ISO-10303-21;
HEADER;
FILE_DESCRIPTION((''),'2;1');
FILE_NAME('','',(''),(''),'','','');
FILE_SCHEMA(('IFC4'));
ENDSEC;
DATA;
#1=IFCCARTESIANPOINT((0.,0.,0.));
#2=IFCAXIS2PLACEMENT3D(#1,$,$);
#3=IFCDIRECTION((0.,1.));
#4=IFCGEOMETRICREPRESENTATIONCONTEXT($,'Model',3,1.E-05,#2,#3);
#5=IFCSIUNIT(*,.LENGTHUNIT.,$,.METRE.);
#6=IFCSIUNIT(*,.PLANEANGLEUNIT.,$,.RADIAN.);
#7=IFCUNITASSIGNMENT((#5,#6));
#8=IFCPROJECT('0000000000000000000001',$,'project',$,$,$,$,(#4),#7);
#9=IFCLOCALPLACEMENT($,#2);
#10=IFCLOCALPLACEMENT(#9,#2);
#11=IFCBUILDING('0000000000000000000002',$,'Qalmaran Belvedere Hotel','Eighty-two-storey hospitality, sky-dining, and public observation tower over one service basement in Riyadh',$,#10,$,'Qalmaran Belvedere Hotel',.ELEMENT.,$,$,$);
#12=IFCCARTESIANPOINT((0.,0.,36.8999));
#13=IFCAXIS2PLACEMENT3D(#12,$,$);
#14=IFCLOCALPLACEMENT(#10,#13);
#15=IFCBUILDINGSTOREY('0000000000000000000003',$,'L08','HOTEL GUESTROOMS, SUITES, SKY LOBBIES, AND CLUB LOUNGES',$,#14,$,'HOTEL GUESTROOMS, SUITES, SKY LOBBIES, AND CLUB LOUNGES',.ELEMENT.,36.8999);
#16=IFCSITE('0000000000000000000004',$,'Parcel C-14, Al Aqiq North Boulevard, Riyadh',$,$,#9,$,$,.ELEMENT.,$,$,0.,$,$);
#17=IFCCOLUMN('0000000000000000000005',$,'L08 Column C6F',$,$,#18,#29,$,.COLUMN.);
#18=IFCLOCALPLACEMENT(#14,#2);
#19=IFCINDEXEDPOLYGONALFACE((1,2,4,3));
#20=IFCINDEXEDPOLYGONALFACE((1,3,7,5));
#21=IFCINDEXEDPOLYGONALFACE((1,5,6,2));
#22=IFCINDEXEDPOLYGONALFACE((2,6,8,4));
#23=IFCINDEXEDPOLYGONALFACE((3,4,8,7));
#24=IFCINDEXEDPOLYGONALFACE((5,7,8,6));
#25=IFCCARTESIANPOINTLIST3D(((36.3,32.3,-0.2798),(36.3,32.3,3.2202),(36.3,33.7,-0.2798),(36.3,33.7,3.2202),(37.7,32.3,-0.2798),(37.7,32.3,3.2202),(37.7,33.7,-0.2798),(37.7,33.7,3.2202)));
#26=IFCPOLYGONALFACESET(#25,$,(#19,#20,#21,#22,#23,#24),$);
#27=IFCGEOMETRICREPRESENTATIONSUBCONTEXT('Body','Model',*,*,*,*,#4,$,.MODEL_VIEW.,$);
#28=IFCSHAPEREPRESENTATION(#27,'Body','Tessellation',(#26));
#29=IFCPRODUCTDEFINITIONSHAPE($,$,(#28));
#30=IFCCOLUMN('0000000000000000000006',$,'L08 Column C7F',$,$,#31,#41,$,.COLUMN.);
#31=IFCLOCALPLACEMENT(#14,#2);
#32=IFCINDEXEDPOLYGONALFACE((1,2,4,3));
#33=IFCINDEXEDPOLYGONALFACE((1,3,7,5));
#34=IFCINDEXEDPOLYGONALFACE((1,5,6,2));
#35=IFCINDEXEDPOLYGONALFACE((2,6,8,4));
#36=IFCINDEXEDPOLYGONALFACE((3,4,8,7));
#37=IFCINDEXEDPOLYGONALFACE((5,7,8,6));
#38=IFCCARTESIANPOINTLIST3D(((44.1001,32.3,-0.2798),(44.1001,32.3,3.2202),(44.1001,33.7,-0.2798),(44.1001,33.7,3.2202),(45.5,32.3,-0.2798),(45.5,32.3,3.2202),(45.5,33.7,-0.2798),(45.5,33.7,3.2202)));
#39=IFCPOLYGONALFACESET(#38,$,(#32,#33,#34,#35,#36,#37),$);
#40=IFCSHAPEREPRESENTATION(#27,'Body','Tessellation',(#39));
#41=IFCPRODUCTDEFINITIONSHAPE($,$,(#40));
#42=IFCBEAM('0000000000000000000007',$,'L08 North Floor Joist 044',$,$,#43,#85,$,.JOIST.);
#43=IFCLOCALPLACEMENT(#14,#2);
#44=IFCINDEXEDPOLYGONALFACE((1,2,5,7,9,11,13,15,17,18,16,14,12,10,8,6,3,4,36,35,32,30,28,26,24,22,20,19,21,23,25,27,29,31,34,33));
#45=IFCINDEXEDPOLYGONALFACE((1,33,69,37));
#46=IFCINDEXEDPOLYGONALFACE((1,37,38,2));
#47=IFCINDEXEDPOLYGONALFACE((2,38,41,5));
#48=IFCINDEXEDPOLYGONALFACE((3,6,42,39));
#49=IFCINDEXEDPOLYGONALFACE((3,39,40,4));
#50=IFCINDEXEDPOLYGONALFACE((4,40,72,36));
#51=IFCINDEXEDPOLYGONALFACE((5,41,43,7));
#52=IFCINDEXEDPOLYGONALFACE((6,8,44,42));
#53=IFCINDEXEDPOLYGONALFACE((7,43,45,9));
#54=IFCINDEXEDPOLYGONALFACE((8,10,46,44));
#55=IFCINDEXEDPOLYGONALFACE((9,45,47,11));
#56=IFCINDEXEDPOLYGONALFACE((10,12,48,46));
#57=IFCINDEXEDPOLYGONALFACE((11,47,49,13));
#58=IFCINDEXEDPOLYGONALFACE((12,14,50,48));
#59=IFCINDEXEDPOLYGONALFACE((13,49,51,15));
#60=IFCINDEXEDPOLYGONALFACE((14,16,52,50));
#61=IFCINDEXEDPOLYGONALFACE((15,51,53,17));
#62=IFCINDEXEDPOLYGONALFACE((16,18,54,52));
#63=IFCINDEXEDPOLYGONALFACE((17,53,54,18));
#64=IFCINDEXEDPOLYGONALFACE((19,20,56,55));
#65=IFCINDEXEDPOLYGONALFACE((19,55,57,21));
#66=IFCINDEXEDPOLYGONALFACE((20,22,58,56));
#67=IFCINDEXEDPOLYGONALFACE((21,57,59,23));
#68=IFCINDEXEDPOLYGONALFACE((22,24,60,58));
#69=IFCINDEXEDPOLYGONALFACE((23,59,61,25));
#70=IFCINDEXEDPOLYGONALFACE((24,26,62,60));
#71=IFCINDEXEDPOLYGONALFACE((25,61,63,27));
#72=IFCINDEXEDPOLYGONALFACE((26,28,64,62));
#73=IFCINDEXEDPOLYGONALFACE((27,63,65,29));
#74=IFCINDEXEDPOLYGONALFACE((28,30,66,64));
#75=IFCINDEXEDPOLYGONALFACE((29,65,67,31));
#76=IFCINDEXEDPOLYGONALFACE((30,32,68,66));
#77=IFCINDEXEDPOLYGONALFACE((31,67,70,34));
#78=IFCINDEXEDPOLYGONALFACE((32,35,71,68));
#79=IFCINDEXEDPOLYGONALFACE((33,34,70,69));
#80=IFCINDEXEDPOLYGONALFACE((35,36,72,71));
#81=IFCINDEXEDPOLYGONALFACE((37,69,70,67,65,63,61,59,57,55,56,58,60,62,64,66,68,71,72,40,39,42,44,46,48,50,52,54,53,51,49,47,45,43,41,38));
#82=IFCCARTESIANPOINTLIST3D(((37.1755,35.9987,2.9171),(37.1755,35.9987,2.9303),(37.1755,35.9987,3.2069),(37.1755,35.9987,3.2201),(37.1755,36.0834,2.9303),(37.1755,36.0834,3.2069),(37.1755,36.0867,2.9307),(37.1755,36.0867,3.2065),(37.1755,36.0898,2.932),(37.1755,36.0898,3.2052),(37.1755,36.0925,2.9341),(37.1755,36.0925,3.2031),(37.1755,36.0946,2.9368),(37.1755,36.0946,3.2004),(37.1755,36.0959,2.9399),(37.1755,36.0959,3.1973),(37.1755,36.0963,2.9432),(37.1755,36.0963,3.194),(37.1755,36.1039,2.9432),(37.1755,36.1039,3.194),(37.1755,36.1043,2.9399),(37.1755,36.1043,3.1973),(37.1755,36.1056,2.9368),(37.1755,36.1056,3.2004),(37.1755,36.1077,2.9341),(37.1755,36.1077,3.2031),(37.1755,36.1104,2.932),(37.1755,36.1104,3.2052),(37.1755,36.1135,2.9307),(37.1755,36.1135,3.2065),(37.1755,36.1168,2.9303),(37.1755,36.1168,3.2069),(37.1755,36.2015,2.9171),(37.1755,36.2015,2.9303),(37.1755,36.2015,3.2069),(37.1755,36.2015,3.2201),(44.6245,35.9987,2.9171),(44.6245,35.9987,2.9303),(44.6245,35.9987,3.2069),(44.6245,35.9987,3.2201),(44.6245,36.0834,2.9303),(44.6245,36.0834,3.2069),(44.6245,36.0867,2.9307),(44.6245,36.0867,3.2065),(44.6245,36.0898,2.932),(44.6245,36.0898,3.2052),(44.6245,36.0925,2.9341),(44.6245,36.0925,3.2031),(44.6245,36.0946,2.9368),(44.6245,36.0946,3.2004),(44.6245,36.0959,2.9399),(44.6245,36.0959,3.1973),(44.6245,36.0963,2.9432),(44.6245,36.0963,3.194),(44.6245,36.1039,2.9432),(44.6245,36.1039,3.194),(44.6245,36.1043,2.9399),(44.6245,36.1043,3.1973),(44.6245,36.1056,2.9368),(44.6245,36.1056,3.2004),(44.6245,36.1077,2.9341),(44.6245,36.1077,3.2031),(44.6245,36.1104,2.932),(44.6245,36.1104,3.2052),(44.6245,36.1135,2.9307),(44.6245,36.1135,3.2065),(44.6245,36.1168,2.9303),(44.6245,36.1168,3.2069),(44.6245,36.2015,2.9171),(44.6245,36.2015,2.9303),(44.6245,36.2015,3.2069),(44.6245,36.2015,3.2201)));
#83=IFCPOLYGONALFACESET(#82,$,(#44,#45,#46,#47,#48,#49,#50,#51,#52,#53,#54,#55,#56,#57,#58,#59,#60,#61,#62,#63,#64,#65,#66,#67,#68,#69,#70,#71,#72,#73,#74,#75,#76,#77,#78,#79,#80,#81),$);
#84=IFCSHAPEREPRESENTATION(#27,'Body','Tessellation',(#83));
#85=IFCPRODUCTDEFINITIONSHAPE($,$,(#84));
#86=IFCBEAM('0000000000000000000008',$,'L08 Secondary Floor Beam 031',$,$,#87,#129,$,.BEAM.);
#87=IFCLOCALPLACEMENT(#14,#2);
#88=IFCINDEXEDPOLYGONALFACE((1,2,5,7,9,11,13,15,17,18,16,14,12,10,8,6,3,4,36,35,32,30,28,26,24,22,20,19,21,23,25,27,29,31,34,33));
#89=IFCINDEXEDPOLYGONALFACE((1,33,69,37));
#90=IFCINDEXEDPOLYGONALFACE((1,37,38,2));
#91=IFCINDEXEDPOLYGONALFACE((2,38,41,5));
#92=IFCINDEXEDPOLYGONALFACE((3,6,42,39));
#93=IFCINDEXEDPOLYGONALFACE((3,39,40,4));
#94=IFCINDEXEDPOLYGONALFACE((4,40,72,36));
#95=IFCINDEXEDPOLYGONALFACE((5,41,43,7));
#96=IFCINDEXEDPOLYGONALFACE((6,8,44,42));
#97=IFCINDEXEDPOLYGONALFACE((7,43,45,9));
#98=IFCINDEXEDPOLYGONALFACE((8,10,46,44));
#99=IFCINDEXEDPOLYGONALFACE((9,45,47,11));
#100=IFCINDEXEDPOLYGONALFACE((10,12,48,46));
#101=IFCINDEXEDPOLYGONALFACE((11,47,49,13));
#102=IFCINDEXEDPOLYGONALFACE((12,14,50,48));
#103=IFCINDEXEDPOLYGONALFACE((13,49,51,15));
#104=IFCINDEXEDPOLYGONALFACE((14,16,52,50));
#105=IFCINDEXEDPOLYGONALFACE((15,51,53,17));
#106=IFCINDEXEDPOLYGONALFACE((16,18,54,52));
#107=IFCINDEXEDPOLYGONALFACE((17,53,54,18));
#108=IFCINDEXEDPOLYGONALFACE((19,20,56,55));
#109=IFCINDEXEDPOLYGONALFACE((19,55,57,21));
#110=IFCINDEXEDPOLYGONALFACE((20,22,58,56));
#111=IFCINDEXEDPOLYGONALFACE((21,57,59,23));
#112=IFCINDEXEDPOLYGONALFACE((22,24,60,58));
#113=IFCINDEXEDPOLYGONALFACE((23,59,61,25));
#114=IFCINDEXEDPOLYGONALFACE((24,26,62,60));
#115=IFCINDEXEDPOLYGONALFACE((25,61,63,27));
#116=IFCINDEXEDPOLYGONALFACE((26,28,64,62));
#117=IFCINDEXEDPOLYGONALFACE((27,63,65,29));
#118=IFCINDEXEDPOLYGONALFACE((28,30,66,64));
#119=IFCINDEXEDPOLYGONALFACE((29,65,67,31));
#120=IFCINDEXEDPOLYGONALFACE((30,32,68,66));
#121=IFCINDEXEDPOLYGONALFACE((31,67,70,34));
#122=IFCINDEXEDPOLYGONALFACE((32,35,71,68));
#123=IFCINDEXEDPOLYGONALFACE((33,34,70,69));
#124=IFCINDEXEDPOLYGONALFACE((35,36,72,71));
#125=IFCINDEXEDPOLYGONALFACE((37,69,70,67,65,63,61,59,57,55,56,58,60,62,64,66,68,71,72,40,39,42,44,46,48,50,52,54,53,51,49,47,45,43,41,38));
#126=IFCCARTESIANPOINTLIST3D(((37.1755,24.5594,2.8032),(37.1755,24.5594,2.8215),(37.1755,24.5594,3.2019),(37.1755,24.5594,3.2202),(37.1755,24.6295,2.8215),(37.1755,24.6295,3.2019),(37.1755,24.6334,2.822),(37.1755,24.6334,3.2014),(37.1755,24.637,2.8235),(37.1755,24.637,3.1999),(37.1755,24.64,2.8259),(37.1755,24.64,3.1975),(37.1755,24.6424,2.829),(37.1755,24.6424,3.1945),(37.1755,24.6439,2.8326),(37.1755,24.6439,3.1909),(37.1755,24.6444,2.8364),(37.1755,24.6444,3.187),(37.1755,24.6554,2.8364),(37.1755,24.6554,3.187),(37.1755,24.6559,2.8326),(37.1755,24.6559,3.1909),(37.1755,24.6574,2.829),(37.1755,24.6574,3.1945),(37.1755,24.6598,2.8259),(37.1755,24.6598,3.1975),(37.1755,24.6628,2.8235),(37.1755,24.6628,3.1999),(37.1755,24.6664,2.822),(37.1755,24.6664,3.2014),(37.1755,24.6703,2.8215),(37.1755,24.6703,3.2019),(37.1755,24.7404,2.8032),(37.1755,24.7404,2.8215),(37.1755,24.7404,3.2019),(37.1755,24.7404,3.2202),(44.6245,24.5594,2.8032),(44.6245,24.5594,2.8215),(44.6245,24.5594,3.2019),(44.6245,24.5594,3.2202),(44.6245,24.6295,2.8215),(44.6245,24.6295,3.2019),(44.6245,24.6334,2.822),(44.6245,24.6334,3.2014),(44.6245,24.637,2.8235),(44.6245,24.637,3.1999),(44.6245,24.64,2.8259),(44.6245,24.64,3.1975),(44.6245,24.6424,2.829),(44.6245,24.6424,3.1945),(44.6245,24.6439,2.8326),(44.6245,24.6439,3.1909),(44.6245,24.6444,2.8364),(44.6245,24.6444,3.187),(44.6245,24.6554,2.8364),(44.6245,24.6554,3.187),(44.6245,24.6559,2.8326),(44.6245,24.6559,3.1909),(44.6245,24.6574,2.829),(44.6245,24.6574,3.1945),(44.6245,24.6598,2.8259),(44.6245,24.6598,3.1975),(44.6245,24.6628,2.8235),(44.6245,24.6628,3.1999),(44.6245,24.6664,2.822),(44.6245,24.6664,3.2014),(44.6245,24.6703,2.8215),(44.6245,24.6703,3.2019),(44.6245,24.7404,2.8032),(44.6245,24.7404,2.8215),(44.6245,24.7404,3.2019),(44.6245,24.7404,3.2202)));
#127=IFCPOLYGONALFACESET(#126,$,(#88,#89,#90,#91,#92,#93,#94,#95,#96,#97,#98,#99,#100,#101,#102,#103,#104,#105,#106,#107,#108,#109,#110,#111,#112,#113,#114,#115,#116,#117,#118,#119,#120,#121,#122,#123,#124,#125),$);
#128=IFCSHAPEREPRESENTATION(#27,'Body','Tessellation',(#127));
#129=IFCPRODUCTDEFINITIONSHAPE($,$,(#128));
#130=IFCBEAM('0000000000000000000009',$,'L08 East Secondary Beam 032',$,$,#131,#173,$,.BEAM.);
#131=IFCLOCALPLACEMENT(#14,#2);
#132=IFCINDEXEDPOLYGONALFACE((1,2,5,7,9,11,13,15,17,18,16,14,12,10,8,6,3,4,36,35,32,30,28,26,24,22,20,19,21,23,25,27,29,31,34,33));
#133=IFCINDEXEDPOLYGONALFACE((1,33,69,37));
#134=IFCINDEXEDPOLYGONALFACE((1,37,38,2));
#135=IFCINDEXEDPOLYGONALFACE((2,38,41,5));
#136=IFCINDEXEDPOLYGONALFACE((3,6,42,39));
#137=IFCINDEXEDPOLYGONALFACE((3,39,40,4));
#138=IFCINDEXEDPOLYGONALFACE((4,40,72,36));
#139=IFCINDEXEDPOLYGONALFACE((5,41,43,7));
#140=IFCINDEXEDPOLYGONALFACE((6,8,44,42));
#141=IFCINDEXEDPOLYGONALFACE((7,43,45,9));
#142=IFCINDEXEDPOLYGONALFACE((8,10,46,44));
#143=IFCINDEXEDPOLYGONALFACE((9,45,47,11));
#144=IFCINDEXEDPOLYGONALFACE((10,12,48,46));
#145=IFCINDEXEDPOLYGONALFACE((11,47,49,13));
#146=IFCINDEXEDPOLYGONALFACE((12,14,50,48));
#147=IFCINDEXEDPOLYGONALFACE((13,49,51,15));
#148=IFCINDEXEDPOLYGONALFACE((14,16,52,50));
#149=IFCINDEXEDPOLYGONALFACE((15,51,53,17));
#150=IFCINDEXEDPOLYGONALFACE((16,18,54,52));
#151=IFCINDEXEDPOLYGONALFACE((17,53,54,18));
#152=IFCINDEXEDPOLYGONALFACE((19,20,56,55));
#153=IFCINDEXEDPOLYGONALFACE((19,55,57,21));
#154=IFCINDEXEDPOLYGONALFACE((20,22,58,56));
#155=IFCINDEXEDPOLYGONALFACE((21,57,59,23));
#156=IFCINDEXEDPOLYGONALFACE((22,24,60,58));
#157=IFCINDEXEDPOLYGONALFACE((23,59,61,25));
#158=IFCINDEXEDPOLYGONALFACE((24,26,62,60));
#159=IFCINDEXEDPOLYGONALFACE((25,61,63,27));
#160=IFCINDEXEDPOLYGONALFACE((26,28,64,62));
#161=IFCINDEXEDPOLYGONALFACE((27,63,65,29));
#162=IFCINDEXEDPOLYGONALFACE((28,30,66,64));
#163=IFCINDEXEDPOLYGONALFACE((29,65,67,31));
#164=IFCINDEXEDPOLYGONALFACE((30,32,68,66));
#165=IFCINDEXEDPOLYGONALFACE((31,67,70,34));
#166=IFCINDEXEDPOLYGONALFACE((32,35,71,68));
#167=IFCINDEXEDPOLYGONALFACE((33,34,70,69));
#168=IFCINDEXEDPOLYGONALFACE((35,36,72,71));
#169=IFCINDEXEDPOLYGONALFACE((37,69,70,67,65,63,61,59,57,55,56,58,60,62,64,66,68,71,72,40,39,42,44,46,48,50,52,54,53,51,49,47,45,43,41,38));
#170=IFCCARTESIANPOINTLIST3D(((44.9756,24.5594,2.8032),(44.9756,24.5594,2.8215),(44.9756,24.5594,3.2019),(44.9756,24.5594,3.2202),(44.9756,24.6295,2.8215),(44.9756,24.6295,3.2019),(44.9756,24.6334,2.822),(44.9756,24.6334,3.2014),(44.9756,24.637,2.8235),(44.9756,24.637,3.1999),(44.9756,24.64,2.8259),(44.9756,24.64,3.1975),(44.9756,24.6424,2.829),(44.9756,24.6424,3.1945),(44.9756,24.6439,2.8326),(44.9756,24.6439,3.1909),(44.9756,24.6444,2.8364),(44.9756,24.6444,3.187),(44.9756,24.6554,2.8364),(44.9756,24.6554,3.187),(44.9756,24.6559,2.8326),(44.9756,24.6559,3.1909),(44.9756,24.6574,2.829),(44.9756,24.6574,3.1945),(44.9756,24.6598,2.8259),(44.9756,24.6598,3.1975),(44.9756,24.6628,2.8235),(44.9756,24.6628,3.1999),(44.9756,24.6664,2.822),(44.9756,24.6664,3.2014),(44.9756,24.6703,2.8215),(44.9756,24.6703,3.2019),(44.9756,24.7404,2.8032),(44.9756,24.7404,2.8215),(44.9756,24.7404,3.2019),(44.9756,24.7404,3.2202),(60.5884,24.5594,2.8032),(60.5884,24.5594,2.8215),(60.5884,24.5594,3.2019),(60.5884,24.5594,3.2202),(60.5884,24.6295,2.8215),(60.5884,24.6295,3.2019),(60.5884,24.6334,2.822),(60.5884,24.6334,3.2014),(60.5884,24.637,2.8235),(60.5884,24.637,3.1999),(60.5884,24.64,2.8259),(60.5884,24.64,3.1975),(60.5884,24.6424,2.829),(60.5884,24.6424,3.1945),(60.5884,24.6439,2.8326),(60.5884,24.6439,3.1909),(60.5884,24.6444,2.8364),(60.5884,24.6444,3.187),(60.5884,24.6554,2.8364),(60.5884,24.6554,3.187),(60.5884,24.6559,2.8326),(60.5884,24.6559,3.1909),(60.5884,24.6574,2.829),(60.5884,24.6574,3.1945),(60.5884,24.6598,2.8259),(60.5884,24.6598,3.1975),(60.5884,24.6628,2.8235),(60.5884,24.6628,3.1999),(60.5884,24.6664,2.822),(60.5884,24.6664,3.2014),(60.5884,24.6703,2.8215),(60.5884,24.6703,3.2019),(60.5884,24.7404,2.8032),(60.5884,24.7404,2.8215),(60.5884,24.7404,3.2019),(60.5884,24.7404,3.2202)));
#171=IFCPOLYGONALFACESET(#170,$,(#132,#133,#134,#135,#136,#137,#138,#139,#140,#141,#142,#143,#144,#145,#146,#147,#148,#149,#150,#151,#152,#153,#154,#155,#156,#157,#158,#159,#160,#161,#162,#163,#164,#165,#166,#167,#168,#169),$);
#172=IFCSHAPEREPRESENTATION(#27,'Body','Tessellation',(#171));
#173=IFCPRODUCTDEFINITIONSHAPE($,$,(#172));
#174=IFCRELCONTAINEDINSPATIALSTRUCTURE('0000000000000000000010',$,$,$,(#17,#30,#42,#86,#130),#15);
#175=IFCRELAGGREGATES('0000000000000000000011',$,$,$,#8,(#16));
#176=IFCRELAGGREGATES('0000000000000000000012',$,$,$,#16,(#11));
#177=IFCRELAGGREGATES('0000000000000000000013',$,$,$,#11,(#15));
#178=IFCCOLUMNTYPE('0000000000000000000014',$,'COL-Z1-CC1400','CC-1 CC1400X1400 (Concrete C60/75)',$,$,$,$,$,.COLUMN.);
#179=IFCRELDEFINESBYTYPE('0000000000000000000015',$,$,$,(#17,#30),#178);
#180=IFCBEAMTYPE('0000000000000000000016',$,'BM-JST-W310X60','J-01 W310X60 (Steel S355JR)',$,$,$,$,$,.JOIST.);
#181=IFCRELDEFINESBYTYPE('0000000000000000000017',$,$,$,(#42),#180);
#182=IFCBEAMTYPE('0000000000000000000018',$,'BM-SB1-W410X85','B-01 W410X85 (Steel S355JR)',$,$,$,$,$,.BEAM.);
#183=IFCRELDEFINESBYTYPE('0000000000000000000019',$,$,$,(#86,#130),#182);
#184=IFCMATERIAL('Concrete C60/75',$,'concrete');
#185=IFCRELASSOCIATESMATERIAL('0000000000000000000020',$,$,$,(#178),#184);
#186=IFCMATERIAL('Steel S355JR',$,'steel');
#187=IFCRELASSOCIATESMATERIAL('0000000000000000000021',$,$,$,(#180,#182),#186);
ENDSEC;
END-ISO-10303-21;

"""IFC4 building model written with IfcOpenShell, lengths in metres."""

from ifc_helpers import new_model, si_unit, direction, frame, origin, origin_2d, place, context, subcontext, project, spatial, rectangle, i_section, extrude, material, material_profile, profile_set, type_object, element, save


model = new_model("IFC4")

# Units and contexts
model_context = context("Model", 3, precision=1e-05, world=origin(), true_north=direction((0.0, 1.0)))
body_context = subcontext(model_context, "Body", "Model", "MODEL_VIEW")
ifc_project = project(units=[si_unit("LENGTHUNIT", "METRE"), si_unit("PLANEANGLEUNIT", "RADIAN")], contexts=[model_context])

# Site, building, storey
site_placement = place(None, origin())
site = spatial("IfcSite", under=ifc_project, at=site_placement, Name="Parcel C-14, Al Aqiq North Boulevard, Riyadh", CompositionType="ELEMENT", RefElevation=0.0)
building_placement = place(site_placement, origin())
building = spatial("IfcBuilding", under=site, at=building_placement, Name="Qalmaran Belvedere Hotel", Description="Eighty-two-storey hospitality, sky-dining, and public observation tower over one service basement in Riyadh", LongName="Qalmaran Belvedere Hotel", CompositionType="ELEMENT")
storey_placement = place(building_placement, frame((0.0, 0.0, 36.8999)))
storey = spatial("IfcBuildingStorey", under=building, at=storey_placement, Name="L08", Description="HOTEL GUESTROOMS, SUITES, SKY LOBBIES, AND CLUB LOUNGES", LongName="HOTEL GUESTROOMS, SUITES, SKY LOBBIES, AND CLUB LOUNGES", CompositionType="ELEMENT", Elevation=36.8999)

# Columns
ifc_material_1 = material(Name="Concrete C60/75", Category="concrete")
ifc_material_profile_1 = material_profile(ifc_material_1, rectangle(XDim=1.3999, YDim=1.3999, at=origin_2d()), Name="CC1400X1400")
ifc_profile_set_1 = profile_set([ifc_material_profile_1], Name="Concrete C60/75")
column_type = type_object("IfcColumnType", Name="COL-Z1-CC1400", Description="CC-1 CC1400X1400 (Concrete C60/75)", PredefinedType="COLUMN", material=ifc_profile_set_1)
for number, where, z_axis, x_axis, name in (
    (1, (37.0, 33.0, -0.2798), (0.0, 0.0, 1.0), (1.0, 0.0, 0.0), "L08 Column C6F"),
    (2, (44.8, 33.0, -0.2798), (0.0, 0.0, 1.0), (1.0, 0.0, 0.0), "L08 Column C7F"),
):
    element("IfcColumn", number, at=place(storey_placement, frame(where, z_axis=z_axis, x_axis=x_axis)), inside=storey, type_object=column_type, Name=name, PredefinedType="COLUMN", context=body_context, shape_type="SweptSolid", body=[
        extrude(rectangle(XDim=1.3999, YDim=1.3999, at=origin_2d()), origin(), (0.0, 0.0, 1.0), 3.5),
    ])

# Beams
ifc_material_2 = material(Name="Steel S355JR", Category="steel")
ifc_material_profile_2 = material_profile(ifc_material_2, i_section(OverallWidth=0.2029, OverallDepth=0.303, WebThickness=0.0076, FlangeThickness=0.0132, FilletRadius=0.0129, at=origin_2d()), Name="W310X60")
ifc_profile_set_2 = profile_set([ifc_material_profile_2], Name="Steel S355JR")
beam_type_1 = type_object("IfcBeamType", Name="BM-JST-W310X60", Description="J-01 W310X60 (Steel S355JR)", PredefinedType="JOIST", material=ifc_profile_set_2)
beam_1_placement = place(storey_placement, frame((37.1755, 36.1001, 3.0686), z_axis=(1.0, 0.0, 0.0), x_axis=(0.0, 1.0, 0.0)))
element("IfcBeam", 3, at=beam_1_placement, inside=storey, type_object=beam_type_1, Name="L08 North Floor Joist 044", PredefinedType="JOIST", context=body_context, shape_type="SweptSolid", body=[
    extrude(i_section(OverallWidth=0.2029, OverallDepth=0.303, WebThickness=0.0076, FlangeThickness=0.0132, FilletRadius=0.0129, at=origin_2d()), origin(), (0.0, 0.0, 1.0), 7.449),
])
ifc_material_profile_3 = material_profile(ifc_material_2, i_section(OverallWidth=0.1809, OverallDepth=0.417, WebThickness=0.011, FlangeThickness=0.0183, FilletRadius=0.0149, at=origin_2d()), Name="W410X85")
ifc_profile_set_3 = profile_set([ifc_material_profile_3], Name="Steel S355JR")
beam_type_2 = type_object("IfcBeamType", Name="BM-SB1-W410X85", Description="B-01 W410X85 (Steel S355JR)", PredefinedType="BEAM", material=ifc_profile_set_3)
beam_2_placement = place(storey_placement, frame((37.1755, 24.6499, 3.0117), z_axis=(1.0, 0.0, 0.0), x_axis=(0.0, 1.0, 0.0)))
element("IfcBeam", 4, at=beam_2_placement, inside=storey, type_object=beam_type_2, Name="L08 Secondary Floor Beam 031", PredefinedType="BEAM", context=body_context, shape_type="SweptSolid", body=[
    extrude(i_section(OverallWidth=0.1809, OverallDepth=0.417, WebThickness=0.011, FlangeThickness=0.0183, FilletRadius=0.0149, at=origin_2d()), origin(), (0.0, 0.0, 1.0), 7.449),
])
beam_3_placement = place(storey_placement, frame((44.9756, 24.6499, 3.0117), z_axis=(1.0, 0.0, 0.0), x_axis=(0.0, 1.0, 0.0)))
element("IfcBeam", 5, at=beam_3_placement, inside=storey, type_object=beam_type_2, Name="L08 East Secondary Beam 032", PredefinedType="BEAM", context=body_context, shape_type="SweptSolid", body=[
    extrude(i_section(OverallWidth=0.1809, OverallDepth=0.417, WebThickness=0.011, FlangeThickness=0.0183, FilletRadius=0.0149, at=origin_2d()), origin(), (0.0, 0.0, 1.0), 15.6128),
])

save(model, "model.ifc")
